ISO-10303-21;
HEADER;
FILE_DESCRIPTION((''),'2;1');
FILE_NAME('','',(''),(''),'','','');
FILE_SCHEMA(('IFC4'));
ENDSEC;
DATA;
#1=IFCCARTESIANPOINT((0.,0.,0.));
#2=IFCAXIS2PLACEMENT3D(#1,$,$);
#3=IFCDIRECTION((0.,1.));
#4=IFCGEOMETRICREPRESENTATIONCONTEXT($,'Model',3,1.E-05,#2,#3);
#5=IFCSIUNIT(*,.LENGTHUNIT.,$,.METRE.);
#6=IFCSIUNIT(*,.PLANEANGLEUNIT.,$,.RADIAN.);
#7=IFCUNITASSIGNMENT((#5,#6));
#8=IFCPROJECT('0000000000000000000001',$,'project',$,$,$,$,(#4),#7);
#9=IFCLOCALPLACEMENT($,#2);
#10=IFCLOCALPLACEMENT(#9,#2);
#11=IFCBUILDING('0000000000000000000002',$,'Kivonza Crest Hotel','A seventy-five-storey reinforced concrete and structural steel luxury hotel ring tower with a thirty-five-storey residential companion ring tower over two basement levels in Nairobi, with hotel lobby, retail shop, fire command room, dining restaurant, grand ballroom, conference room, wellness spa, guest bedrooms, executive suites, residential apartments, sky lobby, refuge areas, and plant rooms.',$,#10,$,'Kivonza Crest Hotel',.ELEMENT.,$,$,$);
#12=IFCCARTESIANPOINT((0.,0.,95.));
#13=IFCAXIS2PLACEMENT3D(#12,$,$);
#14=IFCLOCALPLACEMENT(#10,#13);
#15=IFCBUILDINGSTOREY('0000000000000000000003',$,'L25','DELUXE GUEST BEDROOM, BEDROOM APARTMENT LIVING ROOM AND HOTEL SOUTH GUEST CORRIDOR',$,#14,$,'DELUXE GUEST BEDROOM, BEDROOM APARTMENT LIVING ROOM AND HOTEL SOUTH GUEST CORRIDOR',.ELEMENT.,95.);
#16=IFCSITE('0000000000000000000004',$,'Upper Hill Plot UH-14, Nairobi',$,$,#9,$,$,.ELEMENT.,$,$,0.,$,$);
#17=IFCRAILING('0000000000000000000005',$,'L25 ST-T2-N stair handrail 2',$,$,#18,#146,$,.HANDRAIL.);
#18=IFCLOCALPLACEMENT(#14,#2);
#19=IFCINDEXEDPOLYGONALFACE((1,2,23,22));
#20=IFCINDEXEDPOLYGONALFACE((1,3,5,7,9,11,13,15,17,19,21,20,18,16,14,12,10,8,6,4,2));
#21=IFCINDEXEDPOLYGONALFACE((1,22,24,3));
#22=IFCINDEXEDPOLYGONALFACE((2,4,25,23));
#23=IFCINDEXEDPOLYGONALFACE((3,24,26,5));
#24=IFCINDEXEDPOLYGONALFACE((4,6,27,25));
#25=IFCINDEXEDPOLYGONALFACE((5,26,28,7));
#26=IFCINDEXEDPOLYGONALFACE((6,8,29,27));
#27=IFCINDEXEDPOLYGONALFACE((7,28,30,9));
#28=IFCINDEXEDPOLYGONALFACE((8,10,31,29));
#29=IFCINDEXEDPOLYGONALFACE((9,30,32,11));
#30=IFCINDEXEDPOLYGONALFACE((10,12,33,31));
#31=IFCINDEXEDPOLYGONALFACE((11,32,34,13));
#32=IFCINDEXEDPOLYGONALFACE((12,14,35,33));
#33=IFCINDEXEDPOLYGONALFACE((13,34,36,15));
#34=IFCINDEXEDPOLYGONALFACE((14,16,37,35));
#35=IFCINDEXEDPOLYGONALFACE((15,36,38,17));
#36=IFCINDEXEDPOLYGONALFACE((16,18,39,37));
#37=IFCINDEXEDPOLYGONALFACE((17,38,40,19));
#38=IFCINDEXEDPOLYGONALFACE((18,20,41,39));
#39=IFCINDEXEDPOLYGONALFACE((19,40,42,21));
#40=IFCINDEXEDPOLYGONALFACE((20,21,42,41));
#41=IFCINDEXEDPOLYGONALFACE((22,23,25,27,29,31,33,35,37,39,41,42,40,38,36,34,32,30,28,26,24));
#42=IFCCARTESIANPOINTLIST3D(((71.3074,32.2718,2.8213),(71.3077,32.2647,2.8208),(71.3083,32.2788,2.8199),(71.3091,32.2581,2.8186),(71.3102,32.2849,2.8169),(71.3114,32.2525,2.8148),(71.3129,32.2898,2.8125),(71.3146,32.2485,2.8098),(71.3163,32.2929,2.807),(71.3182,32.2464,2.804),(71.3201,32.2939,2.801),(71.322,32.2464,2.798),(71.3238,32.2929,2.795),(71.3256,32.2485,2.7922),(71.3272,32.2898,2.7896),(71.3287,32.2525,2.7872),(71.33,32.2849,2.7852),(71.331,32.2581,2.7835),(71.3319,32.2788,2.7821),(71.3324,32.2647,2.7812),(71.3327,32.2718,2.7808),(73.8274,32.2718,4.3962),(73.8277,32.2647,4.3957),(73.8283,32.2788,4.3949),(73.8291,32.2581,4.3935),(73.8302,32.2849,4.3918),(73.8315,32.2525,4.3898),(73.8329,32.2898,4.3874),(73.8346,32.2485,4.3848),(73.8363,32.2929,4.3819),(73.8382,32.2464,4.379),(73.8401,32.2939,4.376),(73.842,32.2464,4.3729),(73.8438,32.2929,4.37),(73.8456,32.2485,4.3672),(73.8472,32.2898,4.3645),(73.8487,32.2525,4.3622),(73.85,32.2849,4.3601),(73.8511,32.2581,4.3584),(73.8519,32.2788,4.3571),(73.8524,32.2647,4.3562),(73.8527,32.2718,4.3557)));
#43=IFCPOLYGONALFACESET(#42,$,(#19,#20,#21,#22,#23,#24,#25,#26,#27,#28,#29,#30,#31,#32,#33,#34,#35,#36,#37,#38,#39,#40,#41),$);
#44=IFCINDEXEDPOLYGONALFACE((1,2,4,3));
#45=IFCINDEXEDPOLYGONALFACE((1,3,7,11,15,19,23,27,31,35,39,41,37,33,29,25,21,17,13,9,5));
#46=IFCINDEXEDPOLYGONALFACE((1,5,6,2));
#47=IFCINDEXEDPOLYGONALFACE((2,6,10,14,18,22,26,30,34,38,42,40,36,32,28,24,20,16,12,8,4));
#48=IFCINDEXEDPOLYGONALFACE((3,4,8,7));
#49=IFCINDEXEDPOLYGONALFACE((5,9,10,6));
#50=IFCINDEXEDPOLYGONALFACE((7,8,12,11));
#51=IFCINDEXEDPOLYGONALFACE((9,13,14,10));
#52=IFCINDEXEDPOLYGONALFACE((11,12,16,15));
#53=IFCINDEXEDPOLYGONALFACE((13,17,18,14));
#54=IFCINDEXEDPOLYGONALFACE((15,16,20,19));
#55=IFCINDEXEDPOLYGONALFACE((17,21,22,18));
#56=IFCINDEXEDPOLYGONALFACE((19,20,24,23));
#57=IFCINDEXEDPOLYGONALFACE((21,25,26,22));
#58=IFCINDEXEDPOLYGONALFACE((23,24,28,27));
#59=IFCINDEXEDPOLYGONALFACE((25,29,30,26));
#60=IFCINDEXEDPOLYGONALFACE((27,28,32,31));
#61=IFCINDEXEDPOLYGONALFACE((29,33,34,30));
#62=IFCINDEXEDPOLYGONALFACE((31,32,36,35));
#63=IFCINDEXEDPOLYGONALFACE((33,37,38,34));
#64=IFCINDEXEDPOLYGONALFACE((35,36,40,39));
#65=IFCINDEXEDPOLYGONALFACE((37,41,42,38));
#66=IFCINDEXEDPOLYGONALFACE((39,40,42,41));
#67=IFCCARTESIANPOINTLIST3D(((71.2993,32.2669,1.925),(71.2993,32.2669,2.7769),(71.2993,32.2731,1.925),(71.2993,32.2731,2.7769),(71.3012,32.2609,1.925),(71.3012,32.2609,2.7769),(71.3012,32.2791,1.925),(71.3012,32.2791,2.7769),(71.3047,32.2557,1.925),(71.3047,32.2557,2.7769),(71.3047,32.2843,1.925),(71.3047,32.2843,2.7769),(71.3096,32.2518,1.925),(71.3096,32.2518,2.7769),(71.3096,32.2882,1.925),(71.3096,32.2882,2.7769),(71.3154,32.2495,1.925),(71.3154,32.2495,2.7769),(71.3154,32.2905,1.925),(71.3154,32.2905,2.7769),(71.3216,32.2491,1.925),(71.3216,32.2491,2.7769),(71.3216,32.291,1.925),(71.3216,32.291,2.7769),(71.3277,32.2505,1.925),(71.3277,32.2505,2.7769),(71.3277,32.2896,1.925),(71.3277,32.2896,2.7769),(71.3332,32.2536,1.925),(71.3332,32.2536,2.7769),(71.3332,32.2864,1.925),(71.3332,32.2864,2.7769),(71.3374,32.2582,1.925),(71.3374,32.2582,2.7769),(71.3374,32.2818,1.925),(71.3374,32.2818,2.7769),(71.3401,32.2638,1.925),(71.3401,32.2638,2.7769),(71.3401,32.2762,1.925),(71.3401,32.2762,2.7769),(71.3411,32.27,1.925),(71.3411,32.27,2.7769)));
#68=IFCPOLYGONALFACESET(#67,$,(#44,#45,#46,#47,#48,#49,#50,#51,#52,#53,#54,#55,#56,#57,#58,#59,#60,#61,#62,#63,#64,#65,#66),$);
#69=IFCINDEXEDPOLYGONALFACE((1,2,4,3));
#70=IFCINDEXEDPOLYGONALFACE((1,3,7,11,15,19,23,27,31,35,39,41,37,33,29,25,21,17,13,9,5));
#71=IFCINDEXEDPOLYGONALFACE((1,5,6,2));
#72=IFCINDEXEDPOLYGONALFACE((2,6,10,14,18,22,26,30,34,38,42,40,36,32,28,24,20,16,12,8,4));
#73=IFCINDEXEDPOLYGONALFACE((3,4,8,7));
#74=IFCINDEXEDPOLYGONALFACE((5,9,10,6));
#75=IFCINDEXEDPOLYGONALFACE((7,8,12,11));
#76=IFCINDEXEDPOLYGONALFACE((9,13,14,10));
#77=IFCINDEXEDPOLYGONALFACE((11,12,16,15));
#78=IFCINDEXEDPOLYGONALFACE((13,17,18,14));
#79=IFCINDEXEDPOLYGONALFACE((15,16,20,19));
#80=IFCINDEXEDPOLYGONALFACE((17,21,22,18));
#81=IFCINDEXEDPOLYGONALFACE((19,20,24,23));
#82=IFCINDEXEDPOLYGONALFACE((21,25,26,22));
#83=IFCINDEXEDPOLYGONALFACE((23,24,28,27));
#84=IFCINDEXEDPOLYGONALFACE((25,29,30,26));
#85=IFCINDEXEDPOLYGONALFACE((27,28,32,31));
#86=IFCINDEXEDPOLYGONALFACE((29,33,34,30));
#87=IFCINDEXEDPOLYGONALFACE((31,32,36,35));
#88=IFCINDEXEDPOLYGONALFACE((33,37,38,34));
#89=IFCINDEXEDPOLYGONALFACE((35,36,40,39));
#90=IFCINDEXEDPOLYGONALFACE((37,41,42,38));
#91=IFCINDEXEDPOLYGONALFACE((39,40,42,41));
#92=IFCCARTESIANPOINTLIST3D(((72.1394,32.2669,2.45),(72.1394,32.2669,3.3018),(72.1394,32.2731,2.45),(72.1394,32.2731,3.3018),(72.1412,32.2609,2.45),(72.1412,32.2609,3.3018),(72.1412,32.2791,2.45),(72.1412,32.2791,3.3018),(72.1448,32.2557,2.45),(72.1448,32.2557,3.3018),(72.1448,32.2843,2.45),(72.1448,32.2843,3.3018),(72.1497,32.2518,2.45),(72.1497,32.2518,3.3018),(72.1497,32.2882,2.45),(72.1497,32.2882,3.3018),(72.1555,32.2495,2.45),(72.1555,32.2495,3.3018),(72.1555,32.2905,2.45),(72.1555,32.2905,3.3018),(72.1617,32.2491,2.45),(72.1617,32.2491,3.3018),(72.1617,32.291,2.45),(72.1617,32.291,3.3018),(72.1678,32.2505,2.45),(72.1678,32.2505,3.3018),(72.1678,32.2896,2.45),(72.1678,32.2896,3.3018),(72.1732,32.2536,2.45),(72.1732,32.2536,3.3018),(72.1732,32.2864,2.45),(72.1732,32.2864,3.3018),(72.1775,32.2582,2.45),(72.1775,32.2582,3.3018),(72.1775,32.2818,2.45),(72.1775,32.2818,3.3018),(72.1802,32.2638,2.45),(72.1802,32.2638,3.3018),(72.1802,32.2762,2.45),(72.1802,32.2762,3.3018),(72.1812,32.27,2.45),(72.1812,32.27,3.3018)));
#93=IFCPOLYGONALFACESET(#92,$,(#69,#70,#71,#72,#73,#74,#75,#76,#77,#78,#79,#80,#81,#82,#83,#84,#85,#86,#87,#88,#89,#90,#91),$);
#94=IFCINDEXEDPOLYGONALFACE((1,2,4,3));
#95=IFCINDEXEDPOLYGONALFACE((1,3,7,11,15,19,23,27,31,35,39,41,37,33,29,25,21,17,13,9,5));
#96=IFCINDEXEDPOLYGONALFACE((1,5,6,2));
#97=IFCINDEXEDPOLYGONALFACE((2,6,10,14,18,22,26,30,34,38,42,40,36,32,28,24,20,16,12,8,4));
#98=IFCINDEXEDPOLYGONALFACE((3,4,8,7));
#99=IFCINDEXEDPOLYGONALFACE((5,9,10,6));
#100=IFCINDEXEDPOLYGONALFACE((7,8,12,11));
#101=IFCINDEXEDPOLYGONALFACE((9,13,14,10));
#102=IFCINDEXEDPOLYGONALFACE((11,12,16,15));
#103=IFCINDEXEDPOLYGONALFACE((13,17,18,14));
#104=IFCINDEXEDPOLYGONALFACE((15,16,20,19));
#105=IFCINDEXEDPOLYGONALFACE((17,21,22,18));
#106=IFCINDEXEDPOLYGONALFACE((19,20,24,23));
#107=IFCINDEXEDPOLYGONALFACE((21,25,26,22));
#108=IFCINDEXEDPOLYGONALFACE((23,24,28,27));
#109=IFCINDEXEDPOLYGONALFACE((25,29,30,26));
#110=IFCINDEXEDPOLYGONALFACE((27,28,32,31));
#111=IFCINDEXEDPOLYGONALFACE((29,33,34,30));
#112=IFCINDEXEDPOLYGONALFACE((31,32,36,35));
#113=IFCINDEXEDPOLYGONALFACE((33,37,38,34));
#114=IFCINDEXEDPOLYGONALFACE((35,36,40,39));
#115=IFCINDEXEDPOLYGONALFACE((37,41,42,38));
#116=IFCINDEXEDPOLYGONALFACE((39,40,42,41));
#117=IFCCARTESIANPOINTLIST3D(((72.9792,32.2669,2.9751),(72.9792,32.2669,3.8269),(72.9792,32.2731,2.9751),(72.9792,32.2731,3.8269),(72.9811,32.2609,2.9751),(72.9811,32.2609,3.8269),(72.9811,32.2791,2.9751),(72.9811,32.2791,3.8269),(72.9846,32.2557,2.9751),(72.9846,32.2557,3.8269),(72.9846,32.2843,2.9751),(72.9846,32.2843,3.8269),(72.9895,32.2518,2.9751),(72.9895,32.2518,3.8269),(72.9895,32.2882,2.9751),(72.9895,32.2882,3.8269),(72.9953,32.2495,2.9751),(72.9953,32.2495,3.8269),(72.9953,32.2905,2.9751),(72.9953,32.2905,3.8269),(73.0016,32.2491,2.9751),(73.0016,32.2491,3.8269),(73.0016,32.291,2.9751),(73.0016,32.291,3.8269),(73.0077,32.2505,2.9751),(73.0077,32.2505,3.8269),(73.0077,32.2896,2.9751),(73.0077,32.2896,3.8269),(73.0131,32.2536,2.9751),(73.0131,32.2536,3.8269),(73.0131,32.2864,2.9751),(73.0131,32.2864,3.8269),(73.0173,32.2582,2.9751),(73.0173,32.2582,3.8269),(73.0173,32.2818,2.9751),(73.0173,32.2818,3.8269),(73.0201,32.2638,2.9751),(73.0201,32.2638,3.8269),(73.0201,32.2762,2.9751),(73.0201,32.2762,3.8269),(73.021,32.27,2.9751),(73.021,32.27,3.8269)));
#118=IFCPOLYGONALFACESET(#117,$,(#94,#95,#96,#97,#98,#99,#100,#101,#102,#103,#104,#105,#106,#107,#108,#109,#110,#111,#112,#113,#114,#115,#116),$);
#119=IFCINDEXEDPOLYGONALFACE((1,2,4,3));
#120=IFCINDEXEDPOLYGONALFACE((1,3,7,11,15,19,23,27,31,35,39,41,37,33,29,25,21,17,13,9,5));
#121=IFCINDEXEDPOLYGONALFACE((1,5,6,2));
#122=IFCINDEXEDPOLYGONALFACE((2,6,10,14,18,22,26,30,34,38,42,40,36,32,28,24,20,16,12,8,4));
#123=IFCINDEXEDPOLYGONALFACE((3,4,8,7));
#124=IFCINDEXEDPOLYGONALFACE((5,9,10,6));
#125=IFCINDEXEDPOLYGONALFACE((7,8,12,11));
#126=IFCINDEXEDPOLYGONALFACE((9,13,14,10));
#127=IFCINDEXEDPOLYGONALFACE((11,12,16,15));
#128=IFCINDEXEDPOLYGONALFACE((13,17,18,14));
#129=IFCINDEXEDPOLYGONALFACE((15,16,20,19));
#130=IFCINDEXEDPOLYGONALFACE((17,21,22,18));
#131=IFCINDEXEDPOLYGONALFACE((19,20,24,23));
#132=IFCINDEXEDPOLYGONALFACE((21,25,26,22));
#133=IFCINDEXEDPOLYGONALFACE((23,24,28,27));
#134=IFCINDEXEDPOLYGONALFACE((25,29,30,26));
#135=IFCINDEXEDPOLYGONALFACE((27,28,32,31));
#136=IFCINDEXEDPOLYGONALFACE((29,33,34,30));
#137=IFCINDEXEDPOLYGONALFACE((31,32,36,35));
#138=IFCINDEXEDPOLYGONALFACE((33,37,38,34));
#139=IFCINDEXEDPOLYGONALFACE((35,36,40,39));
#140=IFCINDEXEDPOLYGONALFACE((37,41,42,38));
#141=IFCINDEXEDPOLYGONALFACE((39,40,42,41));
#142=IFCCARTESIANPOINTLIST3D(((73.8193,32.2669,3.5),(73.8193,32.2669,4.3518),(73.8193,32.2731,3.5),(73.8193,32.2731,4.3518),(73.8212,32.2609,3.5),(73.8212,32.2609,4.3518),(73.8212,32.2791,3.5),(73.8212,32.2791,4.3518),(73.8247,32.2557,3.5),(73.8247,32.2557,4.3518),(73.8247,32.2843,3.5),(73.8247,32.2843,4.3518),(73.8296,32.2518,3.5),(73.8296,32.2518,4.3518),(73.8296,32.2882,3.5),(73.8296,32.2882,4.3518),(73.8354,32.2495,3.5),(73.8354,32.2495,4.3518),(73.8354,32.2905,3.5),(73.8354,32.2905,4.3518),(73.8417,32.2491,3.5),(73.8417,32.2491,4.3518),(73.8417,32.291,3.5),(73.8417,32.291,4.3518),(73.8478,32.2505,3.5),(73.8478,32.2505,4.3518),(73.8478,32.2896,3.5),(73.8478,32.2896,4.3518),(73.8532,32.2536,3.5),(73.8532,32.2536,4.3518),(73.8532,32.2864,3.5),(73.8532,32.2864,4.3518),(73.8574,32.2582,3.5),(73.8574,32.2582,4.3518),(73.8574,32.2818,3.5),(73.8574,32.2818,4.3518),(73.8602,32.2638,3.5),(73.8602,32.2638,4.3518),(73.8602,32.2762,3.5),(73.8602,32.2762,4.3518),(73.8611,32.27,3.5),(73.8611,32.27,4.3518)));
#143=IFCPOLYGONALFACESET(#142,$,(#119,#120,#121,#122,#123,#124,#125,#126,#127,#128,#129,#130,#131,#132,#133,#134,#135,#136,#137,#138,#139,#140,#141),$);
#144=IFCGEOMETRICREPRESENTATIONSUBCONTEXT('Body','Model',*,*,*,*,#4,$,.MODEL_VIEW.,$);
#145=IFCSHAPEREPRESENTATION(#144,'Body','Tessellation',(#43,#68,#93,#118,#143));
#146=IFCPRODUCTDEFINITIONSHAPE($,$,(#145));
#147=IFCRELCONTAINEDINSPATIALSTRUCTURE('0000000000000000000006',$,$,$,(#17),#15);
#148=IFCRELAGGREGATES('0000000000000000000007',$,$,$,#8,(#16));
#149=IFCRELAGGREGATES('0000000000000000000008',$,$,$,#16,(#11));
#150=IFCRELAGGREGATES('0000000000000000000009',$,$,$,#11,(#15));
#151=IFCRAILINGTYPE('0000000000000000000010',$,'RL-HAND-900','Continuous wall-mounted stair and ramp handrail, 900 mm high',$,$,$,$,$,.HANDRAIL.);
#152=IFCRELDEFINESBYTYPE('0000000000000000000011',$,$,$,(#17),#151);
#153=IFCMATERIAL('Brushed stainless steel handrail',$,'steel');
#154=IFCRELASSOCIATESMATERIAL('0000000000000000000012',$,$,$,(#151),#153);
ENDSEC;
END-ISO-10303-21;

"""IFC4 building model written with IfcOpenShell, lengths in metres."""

from ifc_helpers import new_model, si_unit, direction, frame, origin, origin_2d, place, context, subcontext, project, spatial, circle, extrude, material, type_object, element, save


model = new_model("IFC4")

# Units and contexts
model_context = context("Model", 3, precision=1e-05, world=origin(), true_north=direction((0.0, 1.0)))
body_context = subcontext(model_context, "Body", "Model", "MODEL_VIEW")
ifc_project = project(units=[si_unit("LENGTHUNIT", "METRE"), si_unit("PLANEANGLEUNIT", "RADIAN")], contexts=[model_context])

# Site, building, storey
site_placement = place(None, origin())
site = spatial("IfcSite", under=ifc_project, at=site_placement, Name="Upper Hill Plot UH-14, Nairobi", CompositionType="ELEMENT", RefElevation=0.0)
building_placement = place(site_placement, origin())
building = spatial("IfcBuilding", under=site, at=building_placement, Name="Kivonza Crest Hotel", Description="A seventy-five-storey reinforced concrete and structural steel luxury hotel ring tower with a thirty-five-storey residential companion ring tower over two basement levels in Nairobi, with hotel lobby, retail shop, fire command room, dining restaurant, grand ballroom, conference room, wellness spa, guest bedrooms, executive suites, residential apartments, sky lobby, refuge areas, and plant rooms.", LongName="Kivonza Crest Hotel", CompositionType="ELEMENT")
storey_placement = place(building_placement, frame((0.0, 0.0, 95.0)))
storey = spatial("IfcBuildingStorey", under=building, at=storey_placement, Name="L25", Description="DELUXE GUEST BEDROOM, BEDROOM APARTMENT LIVING ROOM AND HOTEL SOUTH GUEST CORRIDOR", LongName="DELUXE GUEST BEDROOM, BEDROOM APARTMENT LIVING ROOM AND HOTEL SOUTH GUEST CORRIDOR", CompositionType="ELEMENT", Elevation=95.0)

# Railing
ifc_material_1 = material(Name="Brushed stainless steel handrail", Category="steel")
railing_type_1 = type_object("IfcRailingType", Name="RL-HAND-900", Description="Continuous wall-mounted stair and ramp handrail, 900 mm high", PredefinedType="HANDRAIL", material=ifc_material_1)
railing_1_placement = place(storey_placement, frame((71.3201, 32.27, 1.925)))
element("IfcRailing", 1, at=railing_1_placement, inside=storey, type_object=railing_type_1, Name="L25 ST-T2-N stair handrail 2", PredefinedType="HANDRAIL", context=body_context, shape_type="SweptSolid", body=[
    extrude(circle(Radius=0.0239, at=origin_2d()), frame((0.0, 0.0, 0.876), z_axis=(0.848008, 0.0, 0.529984), x_axis=(0.0, 1.0, 0.0)), (0.0, 0.0, 1.0), 2.9717),
    extrude(circle(Radius=0.021, at=origin_2d()), origin(), (0.0, 0.0, 1.0), 0.8518),
    extrude(circle(Radius=0.021, at=origin_2d()), frame((0.8401, 0.0, 0.5249)), (0.0, 0.0, 1.0), 0.8518),
    extrude(circle(Radius=0.021, at=origin_2d()), frame((1.6799, 0.0, 1.05)), (0.0, 0.0, 1.0), 0.8518),
    extrude(circle(Radius=0.021, at=origin_2d()), frame((2.52, 0.0, 1.575)), (0.0, 0.0, 1.0), 0.8518),
])

save(model, "model.ifc")
